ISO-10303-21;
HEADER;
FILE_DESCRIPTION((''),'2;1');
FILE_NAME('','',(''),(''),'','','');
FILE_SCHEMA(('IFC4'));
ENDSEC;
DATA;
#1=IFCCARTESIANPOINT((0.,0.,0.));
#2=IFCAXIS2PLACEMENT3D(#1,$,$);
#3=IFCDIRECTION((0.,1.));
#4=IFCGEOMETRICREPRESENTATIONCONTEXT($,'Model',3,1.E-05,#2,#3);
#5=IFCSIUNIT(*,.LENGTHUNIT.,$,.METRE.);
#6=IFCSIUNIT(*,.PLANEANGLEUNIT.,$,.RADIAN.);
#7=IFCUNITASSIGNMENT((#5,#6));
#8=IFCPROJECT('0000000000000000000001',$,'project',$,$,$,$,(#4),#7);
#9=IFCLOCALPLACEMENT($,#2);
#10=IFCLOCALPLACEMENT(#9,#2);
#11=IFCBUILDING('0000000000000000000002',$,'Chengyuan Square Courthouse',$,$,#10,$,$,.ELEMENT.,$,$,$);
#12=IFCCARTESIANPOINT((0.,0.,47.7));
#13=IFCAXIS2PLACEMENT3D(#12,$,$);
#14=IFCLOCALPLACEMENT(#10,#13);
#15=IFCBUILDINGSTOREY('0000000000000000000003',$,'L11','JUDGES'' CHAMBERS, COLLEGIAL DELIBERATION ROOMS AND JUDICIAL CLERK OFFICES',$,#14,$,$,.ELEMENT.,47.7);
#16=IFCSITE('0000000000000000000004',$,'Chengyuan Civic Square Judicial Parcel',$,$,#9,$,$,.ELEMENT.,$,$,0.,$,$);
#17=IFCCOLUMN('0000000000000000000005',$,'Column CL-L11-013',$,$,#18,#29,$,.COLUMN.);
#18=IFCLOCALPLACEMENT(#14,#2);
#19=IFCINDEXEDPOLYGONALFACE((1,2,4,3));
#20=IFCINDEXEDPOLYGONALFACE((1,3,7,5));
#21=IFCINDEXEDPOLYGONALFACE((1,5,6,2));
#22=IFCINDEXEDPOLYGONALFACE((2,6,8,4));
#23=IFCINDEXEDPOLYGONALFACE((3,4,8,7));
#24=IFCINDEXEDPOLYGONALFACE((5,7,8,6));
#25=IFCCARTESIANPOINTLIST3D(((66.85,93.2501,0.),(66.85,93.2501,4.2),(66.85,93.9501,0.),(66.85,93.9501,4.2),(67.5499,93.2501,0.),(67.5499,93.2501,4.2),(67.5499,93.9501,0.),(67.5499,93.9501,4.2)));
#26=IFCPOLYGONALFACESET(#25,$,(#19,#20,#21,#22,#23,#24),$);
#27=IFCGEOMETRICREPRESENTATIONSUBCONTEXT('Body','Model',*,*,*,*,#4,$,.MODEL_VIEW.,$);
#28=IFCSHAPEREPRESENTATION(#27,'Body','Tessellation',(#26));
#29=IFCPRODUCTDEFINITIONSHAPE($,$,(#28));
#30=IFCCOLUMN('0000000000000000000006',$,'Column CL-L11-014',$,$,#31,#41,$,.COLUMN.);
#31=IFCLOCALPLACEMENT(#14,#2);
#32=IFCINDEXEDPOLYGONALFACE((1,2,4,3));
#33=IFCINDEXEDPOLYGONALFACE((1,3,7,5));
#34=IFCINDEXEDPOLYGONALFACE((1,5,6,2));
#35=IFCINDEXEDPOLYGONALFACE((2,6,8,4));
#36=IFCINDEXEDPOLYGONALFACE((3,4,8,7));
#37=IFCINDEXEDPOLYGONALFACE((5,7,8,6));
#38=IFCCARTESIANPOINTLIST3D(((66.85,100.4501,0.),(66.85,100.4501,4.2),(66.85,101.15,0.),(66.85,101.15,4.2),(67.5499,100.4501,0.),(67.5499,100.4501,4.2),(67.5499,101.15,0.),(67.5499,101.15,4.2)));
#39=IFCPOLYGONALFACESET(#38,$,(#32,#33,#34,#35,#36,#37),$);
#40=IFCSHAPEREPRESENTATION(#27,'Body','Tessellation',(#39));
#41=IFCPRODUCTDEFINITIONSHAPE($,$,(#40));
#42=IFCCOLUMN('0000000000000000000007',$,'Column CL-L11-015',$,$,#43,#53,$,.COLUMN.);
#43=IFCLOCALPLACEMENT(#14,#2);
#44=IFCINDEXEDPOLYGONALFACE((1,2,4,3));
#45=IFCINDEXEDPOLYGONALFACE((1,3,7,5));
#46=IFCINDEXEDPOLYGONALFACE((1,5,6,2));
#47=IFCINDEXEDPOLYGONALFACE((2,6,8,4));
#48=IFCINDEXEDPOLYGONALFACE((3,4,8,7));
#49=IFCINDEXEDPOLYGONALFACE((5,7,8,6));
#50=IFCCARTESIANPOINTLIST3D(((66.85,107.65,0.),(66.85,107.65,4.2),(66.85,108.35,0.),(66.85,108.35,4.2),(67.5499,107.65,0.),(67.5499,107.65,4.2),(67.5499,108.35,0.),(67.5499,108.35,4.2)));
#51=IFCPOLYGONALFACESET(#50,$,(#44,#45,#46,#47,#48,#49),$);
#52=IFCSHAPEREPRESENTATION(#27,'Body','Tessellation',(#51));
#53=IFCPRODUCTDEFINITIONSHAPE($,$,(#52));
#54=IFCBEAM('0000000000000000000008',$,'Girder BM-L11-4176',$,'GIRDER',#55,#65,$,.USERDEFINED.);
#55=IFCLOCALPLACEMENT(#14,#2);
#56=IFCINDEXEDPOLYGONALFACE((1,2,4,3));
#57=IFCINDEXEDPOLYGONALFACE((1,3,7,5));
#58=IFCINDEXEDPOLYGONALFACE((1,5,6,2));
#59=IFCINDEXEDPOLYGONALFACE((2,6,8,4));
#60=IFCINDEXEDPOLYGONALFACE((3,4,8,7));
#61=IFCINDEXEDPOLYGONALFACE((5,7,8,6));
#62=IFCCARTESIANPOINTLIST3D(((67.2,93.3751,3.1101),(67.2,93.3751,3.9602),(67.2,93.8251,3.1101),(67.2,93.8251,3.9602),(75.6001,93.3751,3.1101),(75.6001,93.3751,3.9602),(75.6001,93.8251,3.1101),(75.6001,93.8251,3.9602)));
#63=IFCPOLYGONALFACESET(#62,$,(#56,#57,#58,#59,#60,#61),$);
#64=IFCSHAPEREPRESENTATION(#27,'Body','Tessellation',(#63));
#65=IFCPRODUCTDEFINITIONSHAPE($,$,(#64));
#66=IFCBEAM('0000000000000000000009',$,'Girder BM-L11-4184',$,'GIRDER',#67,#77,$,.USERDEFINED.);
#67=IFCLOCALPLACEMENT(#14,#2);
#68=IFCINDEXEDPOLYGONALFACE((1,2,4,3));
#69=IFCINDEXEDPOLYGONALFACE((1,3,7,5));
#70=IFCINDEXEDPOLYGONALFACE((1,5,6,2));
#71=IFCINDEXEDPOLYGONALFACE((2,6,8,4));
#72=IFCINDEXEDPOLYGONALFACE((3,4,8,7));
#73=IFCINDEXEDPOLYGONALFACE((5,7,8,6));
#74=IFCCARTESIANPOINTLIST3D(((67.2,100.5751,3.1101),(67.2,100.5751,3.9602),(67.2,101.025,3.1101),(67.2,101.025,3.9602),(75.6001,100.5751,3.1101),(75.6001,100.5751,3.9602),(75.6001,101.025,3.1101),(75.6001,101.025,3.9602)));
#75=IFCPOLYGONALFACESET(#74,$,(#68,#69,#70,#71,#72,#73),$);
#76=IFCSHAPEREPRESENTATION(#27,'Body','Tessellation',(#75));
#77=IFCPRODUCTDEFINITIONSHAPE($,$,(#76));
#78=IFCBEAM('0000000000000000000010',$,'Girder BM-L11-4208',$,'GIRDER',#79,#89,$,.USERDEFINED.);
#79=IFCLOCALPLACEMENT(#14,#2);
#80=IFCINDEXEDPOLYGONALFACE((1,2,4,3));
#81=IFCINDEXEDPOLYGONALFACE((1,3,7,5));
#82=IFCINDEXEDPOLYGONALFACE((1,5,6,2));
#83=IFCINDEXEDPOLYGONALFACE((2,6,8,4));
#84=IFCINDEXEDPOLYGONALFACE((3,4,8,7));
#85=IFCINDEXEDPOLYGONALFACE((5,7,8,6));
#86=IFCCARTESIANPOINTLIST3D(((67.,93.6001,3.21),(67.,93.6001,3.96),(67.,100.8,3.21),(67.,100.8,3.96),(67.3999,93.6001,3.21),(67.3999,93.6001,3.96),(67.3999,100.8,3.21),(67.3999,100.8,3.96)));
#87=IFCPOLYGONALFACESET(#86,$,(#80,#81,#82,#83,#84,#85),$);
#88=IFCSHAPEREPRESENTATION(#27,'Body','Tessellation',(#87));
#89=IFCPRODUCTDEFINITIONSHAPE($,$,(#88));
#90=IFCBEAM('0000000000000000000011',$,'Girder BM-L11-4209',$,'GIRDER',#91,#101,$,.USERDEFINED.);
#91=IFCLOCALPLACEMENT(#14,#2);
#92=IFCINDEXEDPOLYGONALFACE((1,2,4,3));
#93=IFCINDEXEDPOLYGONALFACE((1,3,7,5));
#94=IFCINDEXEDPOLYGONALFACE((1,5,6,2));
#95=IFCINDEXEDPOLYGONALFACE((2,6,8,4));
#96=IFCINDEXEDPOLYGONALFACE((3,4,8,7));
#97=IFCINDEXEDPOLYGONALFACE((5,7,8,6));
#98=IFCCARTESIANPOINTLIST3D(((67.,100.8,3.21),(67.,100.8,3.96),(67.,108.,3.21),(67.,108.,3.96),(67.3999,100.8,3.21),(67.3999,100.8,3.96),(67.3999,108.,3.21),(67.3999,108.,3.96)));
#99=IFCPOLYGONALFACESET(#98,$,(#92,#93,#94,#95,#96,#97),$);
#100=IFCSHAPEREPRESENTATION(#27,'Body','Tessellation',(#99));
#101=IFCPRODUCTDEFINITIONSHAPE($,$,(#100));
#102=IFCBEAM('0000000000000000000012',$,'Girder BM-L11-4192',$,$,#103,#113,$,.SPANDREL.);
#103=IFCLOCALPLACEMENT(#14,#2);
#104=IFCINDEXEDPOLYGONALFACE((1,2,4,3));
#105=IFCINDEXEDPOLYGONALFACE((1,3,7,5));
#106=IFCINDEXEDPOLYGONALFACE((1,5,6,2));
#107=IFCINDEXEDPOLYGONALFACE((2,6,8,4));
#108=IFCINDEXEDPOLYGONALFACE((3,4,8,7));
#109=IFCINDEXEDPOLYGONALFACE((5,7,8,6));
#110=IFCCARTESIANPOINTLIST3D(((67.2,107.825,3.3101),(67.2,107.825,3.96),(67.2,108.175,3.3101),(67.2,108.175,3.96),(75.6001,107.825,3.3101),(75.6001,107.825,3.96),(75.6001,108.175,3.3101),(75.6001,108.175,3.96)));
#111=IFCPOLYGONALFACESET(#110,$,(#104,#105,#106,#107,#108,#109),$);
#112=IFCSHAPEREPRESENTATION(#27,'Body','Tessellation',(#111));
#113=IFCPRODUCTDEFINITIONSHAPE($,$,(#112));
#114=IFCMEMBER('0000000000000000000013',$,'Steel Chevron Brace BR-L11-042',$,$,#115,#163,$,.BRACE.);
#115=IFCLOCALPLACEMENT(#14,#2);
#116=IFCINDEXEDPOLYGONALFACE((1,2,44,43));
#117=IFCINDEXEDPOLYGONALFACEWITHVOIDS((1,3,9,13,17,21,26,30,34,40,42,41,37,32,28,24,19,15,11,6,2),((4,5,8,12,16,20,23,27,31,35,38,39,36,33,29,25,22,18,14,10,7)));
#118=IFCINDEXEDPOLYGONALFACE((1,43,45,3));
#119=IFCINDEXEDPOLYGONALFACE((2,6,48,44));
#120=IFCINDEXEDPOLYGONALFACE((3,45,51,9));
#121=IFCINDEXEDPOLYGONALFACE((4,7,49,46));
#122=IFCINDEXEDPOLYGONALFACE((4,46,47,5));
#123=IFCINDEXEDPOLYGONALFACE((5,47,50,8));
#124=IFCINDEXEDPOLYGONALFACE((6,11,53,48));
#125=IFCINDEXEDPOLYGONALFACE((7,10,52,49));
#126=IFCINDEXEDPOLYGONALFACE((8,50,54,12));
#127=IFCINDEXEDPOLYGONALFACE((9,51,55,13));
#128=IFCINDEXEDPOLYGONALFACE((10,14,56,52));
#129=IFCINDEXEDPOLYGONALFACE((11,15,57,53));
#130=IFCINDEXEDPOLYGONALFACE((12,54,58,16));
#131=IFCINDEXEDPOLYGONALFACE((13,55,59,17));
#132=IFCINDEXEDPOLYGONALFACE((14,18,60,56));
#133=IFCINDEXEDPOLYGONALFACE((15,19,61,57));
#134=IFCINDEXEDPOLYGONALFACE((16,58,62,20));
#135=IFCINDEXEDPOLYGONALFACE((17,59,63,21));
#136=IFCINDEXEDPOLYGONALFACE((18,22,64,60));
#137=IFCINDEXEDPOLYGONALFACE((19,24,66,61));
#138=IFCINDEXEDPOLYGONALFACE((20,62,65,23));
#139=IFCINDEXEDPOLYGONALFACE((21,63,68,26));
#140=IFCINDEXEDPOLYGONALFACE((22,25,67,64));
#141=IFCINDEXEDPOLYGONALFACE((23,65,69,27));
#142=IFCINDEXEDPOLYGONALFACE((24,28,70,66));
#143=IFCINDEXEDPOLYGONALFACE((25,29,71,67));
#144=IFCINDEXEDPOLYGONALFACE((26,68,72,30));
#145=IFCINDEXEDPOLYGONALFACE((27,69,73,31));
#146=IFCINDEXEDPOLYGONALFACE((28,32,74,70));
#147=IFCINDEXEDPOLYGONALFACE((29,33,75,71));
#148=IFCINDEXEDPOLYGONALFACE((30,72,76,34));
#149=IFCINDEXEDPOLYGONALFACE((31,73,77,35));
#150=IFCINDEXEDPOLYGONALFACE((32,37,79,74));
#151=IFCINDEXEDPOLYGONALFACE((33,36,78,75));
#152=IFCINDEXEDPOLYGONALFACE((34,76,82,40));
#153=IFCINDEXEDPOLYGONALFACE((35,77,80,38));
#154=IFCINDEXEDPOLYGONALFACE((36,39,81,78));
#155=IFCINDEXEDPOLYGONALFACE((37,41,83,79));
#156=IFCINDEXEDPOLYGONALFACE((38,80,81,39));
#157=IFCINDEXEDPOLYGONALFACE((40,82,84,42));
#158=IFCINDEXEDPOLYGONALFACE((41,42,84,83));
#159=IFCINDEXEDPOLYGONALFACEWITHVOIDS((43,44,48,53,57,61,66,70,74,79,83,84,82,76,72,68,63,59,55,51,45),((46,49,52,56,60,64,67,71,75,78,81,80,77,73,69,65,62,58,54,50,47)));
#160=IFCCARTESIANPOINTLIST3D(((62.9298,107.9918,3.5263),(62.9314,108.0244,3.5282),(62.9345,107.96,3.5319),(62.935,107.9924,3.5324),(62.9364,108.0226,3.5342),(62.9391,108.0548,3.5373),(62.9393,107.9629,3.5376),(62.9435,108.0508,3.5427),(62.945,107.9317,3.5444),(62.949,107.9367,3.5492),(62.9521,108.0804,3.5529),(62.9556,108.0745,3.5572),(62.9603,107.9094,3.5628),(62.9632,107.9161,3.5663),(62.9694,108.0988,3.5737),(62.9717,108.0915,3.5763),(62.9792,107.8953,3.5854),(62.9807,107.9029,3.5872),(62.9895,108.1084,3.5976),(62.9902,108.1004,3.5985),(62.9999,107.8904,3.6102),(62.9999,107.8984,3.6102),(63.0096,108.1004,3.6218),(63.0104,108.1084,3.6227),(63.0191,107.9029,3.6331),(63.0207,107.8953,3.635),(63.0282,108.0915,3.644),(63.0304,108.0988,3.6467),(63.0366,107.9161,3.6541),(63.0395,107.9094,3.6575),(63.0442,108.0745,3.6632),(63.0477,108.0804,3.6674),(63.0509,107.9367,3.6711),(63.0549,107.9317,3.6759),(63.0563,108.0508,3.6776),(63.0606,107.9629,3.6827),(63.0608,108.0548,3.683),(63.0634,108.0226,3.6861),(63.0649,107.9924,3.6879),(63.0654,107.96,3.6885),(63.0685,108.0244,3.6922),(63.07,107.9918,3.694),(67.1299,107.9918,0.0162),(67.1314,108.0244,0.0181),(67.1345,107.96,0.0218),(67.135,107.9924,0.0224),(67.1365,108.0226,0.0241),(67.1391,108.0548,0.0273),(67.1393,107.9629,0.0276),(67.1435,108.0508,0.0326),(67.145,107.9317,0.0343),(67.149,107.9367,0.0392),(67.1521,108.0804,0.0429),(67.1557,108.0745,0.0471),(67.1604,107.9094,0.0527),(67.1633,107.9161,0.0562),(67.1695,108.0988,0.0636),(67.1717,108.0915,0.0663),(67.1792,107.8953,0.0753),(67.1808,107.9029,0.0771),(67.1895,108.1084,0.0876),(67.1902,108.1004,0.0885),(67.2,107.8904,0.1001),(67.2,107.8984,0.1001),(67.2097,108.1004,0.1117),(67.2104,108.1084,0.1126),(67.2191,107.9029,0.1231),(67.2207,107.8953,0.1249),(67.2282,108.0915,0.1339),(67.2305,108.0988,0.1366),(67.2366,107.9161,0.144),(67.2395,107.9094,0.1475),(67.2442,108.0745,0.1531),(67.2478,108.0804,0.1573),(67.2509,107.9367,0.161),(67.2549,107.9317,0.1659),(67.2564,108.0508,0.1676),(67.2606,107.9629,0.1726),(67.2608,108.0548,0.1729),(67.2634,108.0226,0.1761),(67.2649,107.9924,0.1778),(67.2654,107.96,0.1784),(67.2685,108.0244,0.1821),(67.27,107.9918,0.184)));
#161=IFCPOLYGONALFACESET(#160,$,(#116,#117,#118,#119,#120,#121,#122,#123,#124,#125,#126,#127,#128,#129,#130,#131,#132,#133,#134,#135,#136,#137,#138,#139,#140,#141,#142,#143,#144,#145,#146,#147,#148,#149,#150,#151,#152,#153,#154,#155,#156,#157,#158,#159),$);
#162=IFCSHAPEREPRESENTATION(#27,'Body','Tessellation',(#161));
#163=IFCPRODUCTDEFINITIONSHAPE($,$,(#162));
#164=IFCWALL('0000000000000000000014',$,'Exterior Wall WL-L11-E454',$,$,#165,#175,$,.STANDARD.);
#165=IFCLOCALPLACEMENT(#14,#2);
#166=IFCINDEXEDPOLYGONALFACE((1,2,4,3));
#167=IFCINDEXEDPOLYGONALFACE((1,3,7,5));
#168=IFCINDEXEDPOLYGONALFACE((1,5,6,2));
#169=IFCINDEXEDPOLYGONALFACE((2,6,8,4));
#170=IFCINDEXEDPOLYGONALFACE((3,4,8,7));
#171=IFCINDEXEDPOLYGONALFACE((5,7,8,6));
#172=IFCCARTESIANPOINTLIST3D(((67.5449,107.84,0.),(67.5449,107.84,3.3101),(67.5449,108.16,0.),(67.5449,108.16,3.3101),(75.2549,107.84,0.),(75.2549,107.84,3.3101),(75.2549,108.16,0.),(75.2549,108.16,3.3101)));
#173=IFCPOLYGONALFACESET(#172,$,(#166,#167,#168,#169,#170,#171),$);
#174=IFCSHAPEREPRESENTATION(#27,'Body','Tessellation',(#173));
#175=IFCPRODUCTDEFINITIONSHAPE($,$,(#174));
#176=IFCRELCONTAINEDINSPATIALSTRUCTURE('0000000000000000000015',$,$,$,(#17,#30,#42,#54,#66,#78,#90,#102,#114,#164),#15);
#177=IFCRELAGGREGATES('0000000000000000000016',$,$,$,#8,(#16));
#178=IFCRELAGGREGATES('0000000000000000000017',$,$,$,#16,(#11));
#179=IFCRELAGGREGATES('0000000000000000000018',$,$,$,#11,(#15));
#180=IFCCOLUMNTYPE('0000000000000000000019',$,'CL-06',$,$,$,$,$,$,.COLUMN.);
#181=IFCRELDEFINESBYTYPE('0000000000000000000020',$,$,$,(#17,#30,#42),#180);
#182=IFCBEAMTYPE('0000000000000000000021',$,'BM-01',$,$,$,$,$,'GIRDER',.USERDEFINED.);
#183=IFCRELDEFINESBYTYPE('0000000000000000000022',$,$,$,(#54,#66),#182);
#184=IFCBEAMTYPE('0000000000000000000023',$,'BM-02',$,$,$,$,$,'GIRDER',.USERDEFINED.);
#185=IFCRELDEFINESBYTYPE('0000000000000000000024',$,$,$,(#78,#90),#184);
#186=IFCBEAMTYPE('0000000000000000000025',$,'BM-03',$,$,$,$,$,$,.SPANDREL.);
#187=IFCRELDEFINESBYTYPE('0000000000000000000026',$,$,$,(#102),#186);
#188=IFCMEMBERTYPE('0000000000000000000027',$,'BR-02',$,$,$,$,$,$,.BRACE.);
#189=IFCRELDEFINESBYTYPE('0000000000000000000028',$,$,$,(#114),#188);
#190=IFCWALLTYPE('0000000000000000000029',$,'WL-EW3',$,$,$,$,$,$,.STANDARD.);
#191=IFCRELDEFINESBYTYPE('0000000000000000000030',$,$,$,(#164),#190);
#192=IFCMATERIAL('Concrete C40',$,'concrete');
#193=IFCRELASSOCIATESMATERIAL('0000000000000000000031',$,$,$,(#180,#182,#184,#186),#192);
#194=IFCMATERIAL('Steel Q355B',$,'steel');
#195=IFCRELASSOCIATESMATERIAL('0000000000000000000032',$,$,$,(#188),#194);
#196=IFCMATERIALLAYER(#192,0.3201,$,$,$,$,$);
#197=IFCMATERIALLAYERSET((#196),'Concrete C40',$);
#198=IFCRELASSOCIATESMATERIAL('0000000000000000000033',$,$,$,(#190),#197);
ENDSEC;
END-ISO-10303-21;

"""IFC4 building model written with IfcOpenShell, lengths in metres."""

from ifc_helpers import new_model, si_unit, direction, frame, frame_2d, origin, origin_2d, place, context, subcontext, project, spatial, rectangle, hollow_circle, extrude, material, layer, layer_set, material_profile, profile_set, type_object, element, save


model = new_model("IFC4")

# Units and contexts
model_context = context("Model", 3, precision=1e-05, world=origin(), true_north=direction((0.0, 1.0)))
body_context = subcontext(model_context, "Body", "Model", "MODEL_VIEW")
ifc_project = project(units=[si_unit("LENGTHUNIT", "METRE"), si_unit("PLANEANGLEUNIT", "RADIAN")], contexts=[model_context])

# Site, building, storey
site_placement = place(None, origin())
site = spatial("IfcSite", under=ifc_project, at=site_placement, Name="Chengyuan Civic Square Judicial Parcel", CompositionType="ELEMENT", RefElevation=0.0)
building_placement = place(site_placement, origin())
building = spatial("IfcBuilding", under=site, at=building_placement, Name="Chengyuan Square Courthouse", CompositionType="ELEMENT")
storey_placement = place(building_placement, frame((0.0, 0.0, 47.7)))
storey = spatial("IfcBuildingStorey", under=building, at=storey_placement, Name="L11", Description="JUDGES' CHAMBERS, COLLEGIAL DELIBERATION ROOMS AND JUDICIAL CLERK OFFICES", CompositionType="ELEMENT", Elevation=47.7)

# Columns
ifc_material_1 = material(Name="Concrete C40", Category="concrete")
ifc_material_profile_1 = material_profile(ifc_material_1, rectangle(XDim=0.7, YDim=0.7, at=origin_2d()), Name="RC-COL-700x700")
ifc_profile_set_1 = profile_set([ifc_material_profile_1], Name="Concrete C40")
column_type = type_object("IfcColumnType", Name="CL-06", PredefinedType="COLUMN", material=ifc_profile_set_1)
for number, where, z_axis, x_axis, name in (
    (1, (67.2, 93.6001, 0.0), (0.0, 0.0, 1.0), (1.0, 0.0, 0.0), "Column CL-L11-013"),
    (2, (67.2, 100.8, 0.0), (0.0, 0.0, 1.0), (1.0, 0.0, 0.0), "Column CL-L11-014"),
    (3, (67.2, 108.0, 0.0), (0.0, 0.0, 1.0), (1.0, 0.0, 0.0), "Column CL-L11-015"),
):
    element("IfcColumn", number, at=place(storey_placement, frame(where, z_axis=z_axis, x_axis=x_axis)), inside=storey, type_object=column_type, Name=name, PredefinedType="COLUMN", context=body_context, shape_type="SweptSolid", body=[
        extrude(rectangle(XDim=0.7, YDim=0.7, at=origin_2d()), origin(), (0.0, 0.0, 1.0), 4.2),
    ])

# Beams
ifc_material_profile_2 = material_profile(ifc_material_1, rectangle(XDim=0.45, YDim=0.8501, at=origin_2d()), Name="RC-BM-450x850")
ifc_profile_set_2 = profile_set([ifc_material_profile_2], Name="Concrete C40")
beam_type_1 = type_object("IfcBeamType", Name="BM-01", ElementType="GIRDER", PredefinedType="USERDEFINED", material=ifc_profile_set_2)
for number, where, z_axis, x_axis, name in (
    (4, (67.2, 93.6001, 3.5352), (1.0, 0.0, 0.0), (0.0, 1.0, 0.0), "Girder BM-L11-4176"),
    (5, (67.2, 100.8, 3.5352), (1.0, 0.0, 0.0), (0.0, 1.0, 0.0), "Girder BM-L11-4184"),
):
    element("IfcBeam", number, at=place(storey_placement, frame(where, z_axis=z_axis, x_axis=x_axis)), inside=storey, type_object=beam_type_1, Name=name, ObjectType="GIRDER", PredefinedType="USERDEFINED", context=body_context, shape_type="SweptSolid", body=[
        extrude(rectangle(XDim=0.45, YDim=0.8501, at=origin_2d()), origin(), (0.0, 0.0, 1.0), 8.4001),
    ])
ifc_material_profile_3 = material_profile(ifc_material_1, rectangle(XDim=0.3999, YDim=0.75, at=origin_2d()), Name="RC-BM-400x750")
ifc_profile_set_3 = profile_set([ifc_material_profile_3], Name="Concrete C40")
beam_type_2 = type_object("IfcBeamType", Name="BM-02", ElementType="GIRDER", PredefinedType="USERDEFINED", material=ifc_profile_set_3)
for number, where, z_axis, x_axis, name in (
    (6, (67.2, 93.6001, 3.585), (0.0, 1.0, 0.0), (-1.0, 0.0, 0.0), "Girder BM-L11-4208"),
    (7, (67.2, 100.8, 3.585), (0.0, 1.0, 0.0), (-1.0, 0.0, 0.0), "Girder BM-L11-4209"),
):
    element("IfcBeam", number, at=place(storey_placement, frame(where, z_axis=z_axis, x_axis=x_axis)), inside=storey, type_object=beam_type_2, Name=name, ObjectType="GIRDER", PredefinedType="USERDEFINED", context=body_context, shape_type="SweptSolid", body=[
        extrude(rectangle(XDim=0.3999, YDim=0.75, at=origin_2d()), origin(), (0.0, 0.0, 1.0), 7.2),
    ])
ifc_material_profile_4 = material_profile(ifc_material_1, rectangle(XDim=0.3501, YDim=0.6499, at=origin_2d()), Name="RC-BM-350x650")
ifc_profile_set_4 = profile_set([ifc_material_profile_4], Name="Concrete C40")
beam_type_3 = type_object("IfcBeamType", Name="BM-03", PredefinedType="SPANDREL", material=ifc_profile_set_4)
beam_placement = place(storey_placement, frame((67.2, 108.0, 3.635), z_axis=(1.0, 0.0, 0.0), x_axis=(0.0, 1.0, 0.0)))
element("IfcBeam", 8, at=beam_placement, inside=storey, type_object=beam_type_3, Name="Girder BM-L11-4192", PredefinedType="SPANDREL", context=body_context, shape_type="SweptSolid", body=[
    extrude(rectangle(XDim=0.3501, YDim=0.6499, at=origin_2d()), origin(), (0.0, 0.0, 1.0), 8.4001),
])

# Member
ifc_material_2 = material(Name="Steel Q355B", Category="steel")
ifc_material_profile_5 = material_profile(ifc_material_2, hollow_circle(Radius=0.1096, WallThickness=0.0081, at=origin_2d()), Name="CHS 219x8")
ifc_profile_set_5 = profile_set([ifc_material_profile_5], Name="Steel Q355B")
member_type = type_object("IfcMemberType", Name="BR-02", PredefinedType="BRACE", material=ifc_profile_set_5)
member_placement = place(storey_placement, frame((67.2, 108.0, 0.1001), z_axis=(-0.767317, 0.0, 0.641267), x_axis=(0.0, -1.0, 0.0)))
element("IfcMember", 9, at=member_placement, inside=storey, type_object=member_type, Name="Steel Chevron Brace BR-L11-042", PredefinedType="BRACE", context=body_context, shape_type="SweptSolid", body=[
    extrude(hollow_circle(Radius=0.1096, WallThickness=0.0081, at=origin_2d()), origin(), (0.0, 0.0, 1.0), 5.4736),
])

# Wall
ifc_layer_1 = layer(ifc_material_1, 0.3201)
ifc_layer_set_1 = layer_set([ifc_layer_1], Name="Concrete C40")
wall_type_1 = type_object("IfcWallType", Name="WL-EW3", PredefinedType="STANDARD", material=ifc_layer_set_1)
wall_1_placement = place(storey_placement, frame((67.5449, 108.0, 0.0), z_axis=(0.0, 0.0, 1.0), x_axis=(1.0, 0.0, 0.0)))
element("IfcWall", 10, at=wall_1_placement, inside=storey, type_object=wall_type_1, Name="Exterior Wall WL-L11-E454", PredefinedType="STANDARD", context=body_context, shape_type="SweptSolid", body=[
    extrude(rectangle(XDim=7.71, YDim=0.3201, at=frame_2d((3.855, 0.0))), origin(), (0.0, 0.0, 1.0), 3.3101),
])

save(model, "model.ifc")
